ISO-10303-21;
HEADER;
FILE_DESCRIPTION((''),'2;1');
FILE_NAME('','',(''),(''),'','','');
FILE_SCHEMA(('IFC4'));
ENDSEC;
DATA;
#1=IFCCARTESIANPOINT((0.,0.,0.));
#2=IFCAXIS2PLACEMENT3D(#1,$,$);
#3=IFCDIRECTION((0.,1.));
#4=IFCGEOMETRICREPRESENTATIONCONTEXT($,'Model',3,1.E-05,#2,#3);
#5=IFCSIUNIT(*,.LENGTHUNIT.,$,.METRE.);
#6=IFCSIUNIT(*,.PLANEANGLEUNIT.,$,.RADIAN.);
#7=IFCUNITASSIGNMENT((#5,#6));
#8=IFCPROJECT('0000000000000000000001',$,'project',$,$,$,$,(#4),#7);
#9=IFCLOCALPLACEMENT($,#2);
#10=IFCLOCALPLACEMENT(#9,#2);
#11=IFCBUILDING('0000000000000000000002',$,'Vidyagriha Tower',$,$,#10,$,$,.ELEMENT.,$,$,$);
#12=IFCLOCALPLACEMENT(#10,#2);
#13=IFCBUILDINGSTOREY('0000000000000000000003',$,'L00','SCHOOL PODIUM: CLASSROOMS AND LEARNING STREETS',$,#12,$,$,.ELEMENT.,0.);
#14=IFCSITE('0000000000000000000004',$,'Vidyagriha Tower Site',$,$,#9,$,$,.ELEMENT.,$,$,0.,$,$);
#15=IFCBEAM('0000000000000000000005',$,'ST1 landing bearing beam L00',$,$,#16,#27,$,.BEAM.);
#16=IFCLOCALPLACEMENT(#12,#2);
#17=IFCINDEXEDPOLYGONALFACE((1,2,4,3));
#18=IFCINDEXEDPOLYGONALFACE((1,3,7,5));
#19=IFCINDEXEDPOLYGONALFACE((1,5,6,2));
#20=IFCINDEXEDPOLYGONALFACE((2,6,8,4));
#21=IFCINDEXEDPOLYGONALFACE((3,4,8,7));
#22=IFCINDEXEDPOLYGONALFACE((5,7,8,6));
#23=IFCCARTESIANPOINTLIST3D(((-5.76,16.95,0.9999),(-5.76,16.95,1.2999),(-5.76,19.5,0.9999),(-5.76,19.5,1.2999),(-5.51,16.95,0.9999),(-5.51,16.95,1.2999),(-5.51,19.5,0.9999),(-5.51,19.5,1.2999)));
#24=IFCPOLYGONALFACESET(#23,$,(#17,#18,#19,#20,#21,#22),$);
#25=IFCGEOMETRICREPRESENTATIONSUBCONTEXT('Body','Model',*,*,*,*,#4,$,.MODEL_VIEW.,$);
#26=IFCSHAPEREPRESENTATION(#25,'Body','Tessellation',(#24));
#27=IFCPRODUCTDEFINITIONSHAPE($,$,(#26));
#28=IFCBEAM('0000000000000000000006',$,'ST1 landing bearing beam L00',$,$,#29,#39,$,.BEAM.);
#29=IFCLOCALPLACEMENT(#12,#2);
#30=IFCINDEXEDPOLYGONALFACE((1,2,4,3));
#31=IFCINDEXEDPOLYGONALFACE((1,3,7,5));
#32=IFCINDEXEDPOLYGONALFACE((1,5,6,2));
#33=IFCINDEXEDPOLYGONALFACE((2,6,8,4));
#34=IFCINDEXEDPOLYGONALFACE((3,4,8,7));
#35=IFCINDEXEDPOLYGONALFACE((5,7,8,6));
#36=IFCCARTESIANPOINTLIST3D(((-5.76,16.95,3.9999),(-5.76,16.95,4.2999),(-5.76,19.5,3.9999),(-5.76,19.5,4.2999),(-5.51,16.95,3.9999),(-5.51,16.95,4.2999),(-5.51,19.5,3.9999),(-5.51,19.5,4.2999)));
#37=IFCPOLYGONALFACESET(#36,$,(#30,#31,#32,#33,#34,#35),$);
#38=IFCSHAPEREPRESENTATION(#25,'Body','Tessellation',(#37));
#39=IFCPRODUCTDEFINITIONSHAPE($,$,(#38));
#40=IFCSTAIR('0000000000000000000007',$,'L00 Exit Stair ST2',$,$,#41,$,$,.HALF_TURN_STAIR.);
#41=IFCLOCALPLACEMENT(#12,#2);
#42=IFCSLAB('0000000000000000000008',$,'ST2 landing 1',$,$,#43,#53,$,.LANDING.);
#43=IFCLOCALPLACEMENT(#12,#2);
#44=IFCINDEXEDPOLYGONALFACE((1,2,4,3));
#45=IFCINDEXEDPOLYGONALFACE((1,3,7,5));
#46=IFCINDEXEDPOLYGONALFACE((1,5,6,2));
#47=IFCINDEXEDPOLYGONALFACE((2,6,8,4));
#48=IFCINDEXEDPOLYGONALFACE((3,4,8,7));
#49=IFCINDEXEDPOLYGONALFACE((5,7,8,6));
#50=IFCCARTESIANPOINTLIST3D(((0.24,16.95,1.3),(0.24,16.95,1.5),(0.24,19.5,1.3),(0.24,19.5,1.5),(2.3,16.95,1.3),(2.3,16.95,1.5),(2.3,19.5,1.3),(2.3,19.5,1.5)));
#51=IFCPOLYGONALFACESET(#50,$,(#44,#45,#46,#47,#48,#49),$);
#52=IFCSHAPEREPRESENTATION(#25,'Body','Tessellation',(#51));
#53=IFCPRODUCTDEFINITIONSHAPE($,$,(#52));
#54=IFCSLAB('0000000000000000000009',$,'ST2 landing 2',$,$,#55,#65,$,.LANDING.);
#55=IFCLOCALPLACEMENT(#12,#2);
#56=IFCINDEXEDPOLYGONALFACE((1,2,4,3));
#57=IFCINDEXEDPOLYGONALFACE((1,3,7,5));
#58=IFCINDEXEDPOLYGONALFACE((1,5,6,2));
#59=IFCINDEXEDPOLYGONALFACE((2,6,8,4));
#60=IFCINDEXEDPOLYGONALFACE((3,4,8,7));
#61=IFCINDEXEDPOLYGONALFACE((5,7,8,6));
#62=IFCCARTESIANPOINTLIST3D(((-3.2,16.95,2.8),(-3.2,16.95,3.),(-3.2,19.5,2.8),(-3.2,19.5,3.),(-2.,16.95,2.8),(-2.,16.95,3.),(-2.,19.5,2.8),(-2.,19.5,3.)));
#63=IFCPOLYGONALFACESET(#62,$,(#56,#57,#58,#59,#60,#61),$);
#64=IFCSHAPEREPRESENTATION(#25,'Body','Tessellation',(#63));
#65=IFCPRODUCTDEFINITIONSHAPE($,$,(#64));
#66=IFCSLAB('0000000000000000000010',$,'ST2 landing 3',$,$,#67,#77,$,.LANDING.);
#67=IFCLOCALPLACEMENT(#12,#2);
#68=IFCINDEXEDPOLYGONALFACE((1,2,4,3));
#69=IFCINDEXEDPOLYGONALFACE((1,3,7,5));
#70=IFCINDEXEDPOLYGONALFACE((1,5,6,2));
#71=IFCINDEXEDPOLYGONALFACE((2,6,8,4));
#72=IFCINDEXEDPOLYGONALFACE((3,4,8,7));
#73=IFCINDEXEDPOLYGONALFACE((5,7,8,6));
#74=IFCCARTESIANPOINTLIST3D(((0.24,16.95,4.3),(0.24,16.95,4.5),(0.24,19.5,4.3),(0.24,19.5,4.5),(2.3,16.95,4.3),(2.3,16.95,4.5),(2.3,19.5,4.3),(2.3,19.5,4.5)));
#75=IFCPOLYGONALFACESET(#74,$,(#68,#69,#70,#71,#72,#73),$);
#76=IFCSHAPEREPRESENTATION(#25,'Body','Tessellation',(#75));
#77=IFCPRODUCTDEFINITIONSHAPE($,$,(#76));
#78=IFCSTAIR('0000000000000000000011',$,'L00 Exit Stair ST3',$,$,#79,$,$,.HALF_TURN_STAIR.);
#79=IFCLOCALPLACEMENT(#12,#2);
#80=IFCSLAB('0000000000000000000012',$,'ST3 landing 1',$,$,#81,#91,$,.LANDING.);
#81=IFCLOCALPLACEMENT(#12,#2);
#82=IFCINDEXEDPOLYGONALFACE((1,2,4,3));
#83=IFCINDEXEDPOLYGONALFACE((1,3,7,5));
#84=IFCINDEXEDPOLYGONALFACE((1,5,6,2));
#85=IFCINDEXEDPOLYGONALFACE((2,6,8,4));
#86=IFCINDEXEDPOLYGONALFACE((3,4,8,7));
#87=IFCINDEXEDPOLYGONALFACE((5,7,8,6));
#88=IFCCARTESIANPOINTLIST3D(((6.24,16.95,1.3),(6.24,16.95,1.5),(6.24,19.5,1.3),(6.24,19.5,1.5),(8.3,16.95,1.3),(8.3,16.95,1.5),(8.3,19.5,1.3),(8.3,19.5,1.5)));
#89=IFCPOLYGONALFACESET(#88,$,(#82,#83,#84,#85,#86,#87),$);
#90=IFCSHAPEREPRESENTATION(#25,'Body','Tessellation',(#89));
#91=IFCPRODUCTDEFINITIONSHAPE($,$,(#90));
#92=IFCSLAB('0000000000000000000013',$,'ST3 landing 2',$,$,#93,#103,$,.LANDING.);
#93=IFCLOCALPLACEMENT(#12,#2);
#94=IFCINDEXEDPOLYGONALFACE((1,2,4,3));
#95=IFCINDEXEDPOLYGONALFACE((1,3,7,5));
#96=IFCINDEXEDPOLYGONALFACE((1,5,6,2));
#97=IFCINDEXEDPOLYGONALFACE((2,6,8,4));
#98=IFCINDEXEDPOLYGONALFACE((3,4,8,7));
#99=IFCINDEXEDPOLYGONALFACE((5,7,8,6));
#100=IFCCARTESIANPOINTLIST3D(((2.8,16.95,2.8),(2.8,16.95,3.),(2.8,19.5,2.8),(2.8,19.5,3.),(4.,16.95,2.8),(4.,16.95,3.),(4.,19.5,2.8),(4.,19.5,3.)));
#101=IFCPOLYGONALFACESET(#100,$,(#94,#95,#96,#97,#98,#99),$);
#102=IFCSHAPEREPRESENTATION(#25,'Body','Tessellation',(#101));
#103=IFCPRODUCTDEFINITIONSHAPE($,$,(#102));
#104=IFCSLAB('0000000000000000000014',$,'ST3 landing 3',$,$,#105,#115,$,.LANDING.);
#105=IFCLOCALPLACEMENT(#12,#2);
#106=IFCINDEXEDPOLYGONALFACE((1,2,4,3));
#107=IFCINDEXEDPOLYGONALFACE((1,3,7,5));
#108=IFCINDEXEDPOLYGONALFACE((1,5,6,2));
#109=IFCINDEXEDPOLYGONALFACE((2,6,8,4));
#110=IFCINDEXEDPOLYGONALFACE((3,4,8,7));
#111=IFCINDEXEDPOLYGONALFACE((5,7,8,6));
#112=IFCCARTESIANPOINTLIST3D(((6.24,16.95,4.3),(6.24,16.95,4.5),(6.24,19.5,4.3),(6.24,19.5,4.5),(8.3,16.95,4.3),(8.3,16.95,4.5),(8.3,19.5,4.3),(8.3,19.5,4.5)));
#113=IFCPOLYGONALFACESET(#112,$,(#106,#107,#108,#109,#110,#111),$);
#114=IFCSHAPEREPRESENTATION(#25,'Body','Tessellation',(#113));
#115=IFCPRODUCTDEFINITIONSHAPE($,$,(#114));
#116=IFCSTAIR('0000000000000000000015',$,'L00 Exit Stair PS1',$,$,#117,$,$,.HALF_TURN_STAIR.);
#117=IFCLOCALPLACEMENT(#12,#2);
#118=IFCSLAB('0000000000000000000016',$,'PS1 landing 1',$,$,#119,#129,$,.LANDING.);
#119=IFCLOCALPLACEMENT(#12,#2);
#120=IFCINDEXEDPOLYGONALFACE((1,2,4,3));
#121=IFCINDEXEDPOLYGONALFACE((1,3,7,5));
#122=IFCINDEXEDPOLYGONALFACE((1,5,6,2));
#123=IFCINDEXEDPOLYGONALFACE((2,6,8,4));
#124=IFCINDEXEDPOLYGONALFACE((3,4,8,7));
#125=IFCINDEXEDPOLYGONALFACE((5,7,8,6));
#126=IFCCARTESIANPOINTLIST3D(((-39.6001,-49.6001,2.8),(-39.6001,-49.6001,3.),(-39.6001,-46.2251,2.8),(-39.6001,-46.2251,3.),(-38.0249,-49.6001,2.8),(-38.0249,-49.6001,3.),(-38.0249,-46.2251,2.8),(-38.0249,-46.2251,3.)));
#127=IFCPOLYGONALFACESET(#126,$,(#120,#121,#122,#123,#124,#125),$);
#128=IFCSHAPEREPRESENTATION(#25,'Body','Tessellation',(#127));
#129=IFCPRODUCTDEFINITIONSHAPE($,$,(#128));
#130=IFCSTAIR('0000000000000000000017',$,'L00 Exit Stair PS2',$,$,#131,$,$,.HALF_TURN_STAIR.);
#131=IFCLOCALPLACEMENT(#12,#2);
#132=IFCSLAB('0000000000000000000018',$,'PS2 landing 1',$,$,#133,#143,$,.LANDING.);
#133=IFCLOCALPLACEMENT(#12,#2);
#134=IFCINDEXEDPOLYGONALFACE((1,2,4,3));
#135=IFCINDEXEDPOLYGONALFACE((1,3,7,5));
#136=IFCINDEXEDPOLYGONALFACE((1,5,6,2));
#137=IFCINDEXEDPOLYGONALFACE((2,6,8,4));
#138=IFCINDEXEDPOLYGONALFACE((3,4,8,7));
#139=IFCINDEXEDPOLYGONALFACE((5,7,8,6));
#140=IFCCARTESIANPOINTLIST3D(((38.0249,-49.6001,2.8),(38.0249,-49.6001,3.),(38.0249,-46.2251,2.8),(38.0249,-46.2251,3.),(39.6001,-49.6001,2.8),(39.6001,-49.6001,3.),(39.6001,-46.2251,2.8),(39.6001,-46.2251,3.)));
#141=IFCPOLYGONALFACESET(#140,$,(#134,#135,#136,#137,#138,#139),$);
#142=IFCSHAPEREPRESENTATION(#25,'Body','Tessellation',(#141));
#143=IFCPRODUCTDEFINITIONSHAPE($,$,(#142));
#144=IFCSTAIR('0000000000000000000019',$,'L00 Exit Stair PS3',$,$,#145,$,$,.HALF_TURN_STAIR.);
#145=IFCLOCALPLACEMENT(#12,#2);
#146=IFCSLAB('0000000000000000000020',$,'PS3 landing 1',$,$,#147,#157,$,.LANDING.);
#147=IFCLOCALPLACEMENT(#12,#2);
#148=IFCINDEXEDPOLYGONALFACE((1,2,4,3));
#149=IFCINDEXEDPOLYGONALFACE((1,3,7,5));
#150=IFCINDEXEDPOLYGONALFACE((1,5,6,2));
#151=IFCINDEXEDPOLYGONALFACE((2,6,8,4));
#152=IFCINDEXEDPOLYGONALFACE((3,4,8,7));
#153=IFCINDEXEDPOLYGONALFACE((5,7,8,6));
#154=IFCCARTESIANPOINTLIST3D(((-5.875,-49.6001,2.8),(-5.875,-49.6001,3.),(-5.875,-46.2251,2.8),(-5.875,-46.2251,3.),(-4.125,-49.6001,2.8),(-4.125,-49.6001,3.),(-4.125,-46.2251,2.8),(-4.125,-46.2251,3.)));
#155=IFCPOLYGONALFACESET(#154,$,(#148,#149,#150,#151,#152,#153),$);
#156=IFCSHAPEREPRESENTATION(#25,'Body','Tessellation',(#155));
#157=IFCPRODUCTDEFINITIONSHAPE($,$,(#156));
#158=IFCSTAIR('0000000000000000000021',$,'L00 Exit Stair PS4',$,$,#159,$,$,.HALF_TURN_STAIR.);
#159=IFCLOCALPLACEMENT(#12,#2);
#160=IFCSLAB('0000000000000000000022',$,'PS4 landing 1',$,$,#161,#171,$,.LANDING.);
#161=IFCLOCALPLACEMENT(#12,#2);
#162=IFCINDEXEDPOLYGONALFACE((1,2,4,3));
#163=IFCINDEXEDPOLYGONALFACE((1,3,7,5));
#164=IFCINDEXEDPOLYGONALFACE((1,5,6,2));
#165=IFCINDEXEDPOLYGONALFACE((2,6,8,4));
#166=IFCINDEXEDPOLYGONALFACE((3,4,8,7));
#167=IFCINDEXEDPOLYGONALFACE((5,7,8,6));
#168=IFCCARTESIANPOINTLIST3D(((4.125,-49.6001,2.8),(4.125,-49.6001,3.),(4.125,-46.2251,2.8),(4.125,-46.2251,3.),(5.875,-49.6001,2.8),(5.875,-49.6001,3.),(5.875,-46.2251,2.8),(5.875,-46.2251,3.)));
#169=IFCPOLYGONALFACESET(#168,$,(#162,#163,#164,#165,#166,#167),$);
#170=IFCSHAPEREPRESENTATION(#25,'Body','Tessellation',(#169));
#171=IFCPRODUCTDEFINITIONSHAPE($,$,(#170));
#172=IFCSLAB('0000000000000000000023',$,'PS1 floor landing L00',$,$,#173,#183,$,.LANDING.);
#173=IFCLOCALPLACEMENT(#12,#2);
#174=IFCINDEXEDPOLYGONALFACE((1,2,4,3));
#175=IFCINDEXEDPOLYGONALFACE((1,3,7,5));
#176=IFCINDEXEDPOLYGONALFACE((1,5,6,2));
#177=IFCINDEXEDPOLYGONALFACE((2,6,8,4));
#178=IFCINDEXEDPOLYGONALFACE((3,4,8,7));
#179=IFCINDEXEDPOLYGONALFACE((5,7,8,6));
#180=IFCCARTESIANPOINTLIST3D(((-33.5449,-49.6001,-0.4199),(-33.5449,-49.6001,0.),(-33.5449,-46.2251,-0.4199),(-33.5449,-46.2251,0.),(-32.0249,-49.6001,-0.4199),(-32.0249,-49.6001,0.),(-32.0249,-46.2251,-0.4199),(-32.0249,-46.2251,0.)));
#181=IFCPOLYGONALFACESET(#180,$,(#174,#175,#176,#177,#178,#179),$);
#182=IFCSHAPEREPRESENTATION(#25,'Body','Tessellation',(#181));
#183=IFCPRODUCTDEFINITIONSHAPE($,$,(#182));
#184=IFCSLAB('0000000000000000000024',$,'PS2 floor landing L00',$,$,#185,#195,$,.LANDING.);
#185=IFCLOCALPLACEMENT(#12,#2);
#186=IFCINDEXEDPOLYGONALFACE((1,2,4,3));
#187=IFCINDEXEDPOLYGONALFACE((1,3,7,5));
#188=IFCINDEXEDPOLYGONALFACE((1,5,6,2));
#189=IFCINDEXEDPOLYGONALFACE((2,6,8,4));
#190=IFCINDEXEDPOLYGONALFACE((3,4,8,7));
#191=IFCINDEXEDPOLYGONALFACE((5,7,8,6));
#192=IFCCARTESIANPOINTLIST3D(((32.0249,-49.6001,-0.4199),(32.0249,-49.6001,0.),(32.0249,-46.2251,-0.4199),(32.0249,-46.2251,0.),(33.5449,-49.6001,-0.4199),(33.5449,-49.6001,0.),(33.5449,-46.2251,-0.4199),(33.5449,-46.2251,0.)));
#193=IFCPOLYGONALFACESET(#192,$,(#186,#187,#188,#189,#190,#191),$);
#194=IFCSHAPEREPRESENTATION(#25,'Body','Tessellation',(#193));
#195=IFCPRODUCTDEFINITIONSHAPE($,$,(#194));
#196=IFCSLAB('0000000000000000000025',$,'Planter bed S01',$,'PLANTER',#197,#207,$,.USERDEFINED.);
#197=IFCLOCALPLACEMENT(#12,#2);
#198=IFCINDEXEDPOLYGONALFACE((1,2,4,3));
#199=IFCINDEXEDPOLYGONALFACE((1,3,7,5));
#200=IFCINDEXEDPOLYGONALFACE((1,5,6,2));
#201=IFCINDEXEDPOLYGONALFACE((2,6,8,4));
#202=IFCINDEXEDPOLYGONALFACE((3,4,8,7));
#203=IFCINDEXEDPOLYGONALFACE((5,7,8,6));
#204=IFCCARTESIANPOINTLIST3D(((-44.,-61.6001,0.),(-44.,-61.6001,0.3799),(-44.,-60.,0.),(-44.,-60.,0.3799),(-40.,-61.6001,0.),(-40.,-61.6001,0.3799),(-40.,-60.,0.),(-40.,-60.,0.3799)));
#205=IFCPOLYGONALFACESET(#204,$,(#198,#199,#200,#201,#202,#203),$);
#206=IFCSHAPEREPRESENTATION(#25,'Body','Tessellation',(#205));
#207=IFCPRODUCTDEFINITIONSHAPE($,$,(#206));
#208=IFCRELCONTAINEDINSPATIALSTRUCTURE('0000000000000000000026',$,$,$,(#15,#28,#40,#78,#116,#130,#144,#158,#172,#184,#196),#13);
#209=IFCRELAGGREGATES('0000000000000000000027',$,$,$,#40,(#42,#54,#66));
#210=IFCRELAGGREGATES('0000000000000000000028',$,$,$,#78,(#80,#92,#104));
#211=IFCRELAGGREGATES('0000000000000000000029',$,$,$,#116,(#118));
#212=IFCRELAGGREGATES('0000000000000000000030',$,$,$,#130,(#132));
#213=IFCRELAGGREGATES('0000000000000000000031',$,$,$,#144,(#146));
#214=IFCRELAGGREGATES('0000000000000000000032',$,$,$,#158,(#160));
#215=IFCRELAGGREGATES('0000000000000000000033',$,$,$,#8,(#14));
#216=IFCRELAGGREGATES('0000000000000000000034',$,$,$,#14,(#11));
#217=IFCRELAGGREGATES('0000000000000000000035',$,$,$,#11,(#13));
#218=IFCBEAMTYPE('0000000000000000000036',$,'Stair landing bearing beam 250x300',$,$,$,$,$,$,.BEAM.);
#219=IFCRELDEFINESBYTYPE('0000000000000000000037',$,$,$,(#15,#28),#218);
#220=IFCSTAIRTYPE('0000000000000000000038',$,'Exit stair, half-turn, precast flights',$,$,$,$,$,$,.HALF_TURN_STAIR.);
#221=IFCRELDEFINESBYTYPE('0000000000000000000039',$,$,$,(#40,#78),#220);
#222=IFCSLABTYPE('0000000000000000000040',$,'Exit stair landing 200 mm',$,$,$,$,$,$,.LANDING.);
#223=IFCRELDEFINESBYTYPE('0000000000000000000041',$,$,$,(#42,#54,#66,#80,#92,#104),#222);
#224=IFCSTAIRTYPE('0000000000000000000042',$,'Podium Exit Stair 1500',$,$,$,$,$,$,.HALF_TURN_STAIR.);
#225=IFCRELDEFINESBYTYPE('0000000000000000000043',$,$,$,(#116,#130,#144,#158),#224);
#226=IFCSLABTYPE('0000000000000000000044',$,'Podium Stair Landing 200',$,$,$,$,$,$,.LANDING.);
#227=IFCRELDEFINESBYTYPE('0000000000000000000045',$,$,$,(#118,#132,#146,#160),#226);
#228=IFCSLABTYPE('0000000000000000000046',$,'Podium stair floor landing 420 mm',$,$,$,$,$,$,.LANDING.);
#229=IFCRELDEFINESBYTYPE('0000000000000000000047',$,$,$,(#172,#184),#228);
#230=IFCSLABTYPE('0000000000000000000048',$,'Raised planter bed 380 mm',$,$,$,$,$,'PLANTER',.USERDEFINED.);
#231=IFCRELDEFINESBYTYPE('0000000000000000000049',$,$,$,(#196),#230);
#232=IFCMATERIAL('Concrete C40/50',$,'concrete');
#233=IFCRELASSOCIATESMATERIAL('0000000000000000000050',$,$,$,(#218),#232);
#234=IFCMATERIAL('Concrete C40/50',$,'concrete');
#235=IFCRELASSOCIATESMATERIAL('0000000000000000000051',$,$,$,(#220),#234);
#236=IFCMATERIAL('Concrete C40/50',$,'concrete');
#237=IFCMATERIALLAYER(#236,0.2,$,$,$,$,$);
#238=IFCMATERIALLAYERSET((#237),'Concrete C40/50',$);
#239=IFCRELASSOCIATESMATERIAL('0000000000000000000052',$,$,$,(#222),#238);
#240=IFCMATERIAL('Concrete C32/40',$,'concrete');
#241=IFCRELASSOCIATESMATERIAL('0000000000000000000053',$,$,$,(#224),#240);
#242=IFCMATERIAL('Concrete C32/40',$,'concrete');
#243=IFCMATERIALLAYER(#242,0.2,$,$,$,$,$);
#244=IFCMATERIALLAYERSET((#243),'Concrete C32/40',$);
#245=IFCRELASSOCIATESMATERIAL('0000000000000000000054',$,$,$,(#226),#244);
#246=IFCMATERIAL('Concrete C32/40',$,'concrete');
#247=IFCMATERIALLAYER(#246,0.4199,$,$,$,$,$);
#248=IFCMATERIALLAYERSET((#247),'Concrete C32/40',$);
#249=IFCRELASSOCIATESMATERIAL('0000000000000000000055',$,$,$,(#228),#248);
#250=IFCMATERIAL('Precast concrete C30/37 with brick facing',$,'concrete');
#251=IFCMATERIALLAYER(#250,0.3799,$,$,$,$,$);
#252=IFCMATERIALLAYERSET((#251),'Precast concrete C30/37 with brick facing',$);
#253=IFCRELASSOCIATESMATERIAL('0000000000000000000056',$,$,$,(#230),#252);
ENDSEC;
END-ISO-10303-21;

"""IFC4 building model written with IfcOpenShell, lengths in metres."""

from ifc_helpers import new_model, si_unit, direction, frame, origin, origin_2d, place, context, subcontext, project, spatial, polyline, rectangle, outline, extrude, material, layer, layer_set, material_profile, profile_set, type_object, element, aggregate, save


model = new_model("IFC4")

# Units and contexts
model_context = context("Model", 3, precision=1e-05, world=origin(), true_north=direction((0.0, 1.0)))
body_context = subcontext(model_context, "Body", "Model", "MODEL_VIEW")
ifc_project = project(units=[si_unit("LENGTHUNIT", "METRE"), si_unit("PLANEANGLEUNIT", "RADIAN")], contexts=[model_context])

# Site, building, storey
site_placement = place(None, origin())
site = spatial("IfcSite", under=ifc_project, at=site_placement, Name="Vidyagriha Tower Site", CompositionType="ELEMENT", RefElevation=0.0)
building_placement = place(site_placement, origin())
building = spatial("IfcBuilding", under=site, at=building_placement, Name="Vidyagriha Tower", CompositionType="ELEMENT")
storey_placement = place(building_placement, origin())
storey = spatial("IfcBuildingStorey", under=building, at=storey_placement, Name="L00", Description="SCHOOL PODIUM: CLASSROOMS AND LEARNING STREETS", CompositionType="ELEMENT", Elevation=0.0)

# Beams
ifc_material_1 = material(Name="Concrete C40/50", Category="concrete")
ifc_material_profile = material_profile(ifc_material_1, rectangle(XDim=0.25, YDim=0.3, at=origin_2d()), Name="Stair landing bearing beam 250x300")
ifc_profile_set = profile_set([ifc_material_profile], Name="Concrete C40/50")
beam_type = type_object("IfcBeamType", Name="Stair landing bearing beam 250x300", PredefinedType="BEAM", material=ifc_profile_set)
for number, where, z_axis, x_axis, name in (
    (1, (-5.635, 16.95, 1.1499), (0.0, 1.0, 0.0), (-1.0, 0.0, 0.0), "ST1 landing bearing beam L00"),
    (2, (-5.635, 16.95, 4.1499), (0.0, 1.0, 0.0), (-1.0, 0.0, 0.0), "ST1 landing bearing beam L00"),
):
    element("IfcBeam", number, at=place(storey_placement, frame(where, z_axis=z_axis, x_axis=x_axis)), inside=storey, type_object=beam_type, Name=name, PredefinedType="BEAM", context=body_context, shape_type="SweptSolid", body=[
        extrude(rectangle(XDim=0.25, YDim=0.3, at=origin_2d()), origin(), (0.0, 0.0, 1.0), 2.55),
    ])

# Stairs, slabs
ifc_material_2 = material(Name="Concrete C40/50", Category="concrete")
stair_type_1 = type_object("IfcStairType", Name="Exit stair, half-turn, precast flights", PredefinedType="HALF_TURN_STAIR", material=ifc_material_2)
stair_1_placement = place(storey_placement, origin())
stair_1 = element("IfcStair", 3, at=stair_1_placement, inside=storey, type_object=stair_type_1, Name="L00 Exit Stair ST2", PredefinedType="HALF_TURN_STAIR")
ifc_material_3 = material(Name="Concrete C40/50", Category="concrete")
ifc_layer_1 = layer(ifc_material_3, 0.2)
ifc_layer_set_1 = layer_set([ifc_layer_1], Name="Concrete C40/50")
slab_type_1 = type_object("IfcSlabType", Name="Exit stair landing 200 mm", PredefinedType="LANDING", material=ifc_layer_set_1)
slab_1_placement = place(storey_placement, frame((0.0, 0.0, 1.3)))
slab_1 = element("IfcSlab", 4, at=slab_1_placement, type_object=slab_type_1, Name="ST2 landing 1", PredefinedType="LANDING", context=body_context, shape_type="SweptSolid", body=[
    extrude(outline(polyline([(0.24, 16.95), (2.3, 16.95), (2.3, 19.5), (0.24, 19.5), (0.24, 16.95)])), origin(), (0.0, 0.0, 1.0), 0.2),
])
slab_2_placement = place(storey_placement, frame((0.0, 0.0, 2.8)))
slab_2 = element("IfcSlab", 5, at=slab_2_placement, type_object=slab_type_1, Name="ST2 landing 2", PredefinedType="LANDING", context=body_context, shape_type="SweptSolid", body=[
    extrude(outline(polyline([(-3.2, 16.95), (-2.0, 16.95), (-2.0, 19.5), (-3.2, 19.5), (-3.2, 16.95)])), origin(), (0.0, 0.0, 1.0), 0.2),
])
slab_3_placement = place(storey_placement, frame((0.0, 0.0, 4.3)))
slab_3 = element("IfcSlab", 6, at=slab_3_placement, type_object=slab_type_1, Name="ST2 landing 3", PredefinedType="LANDING", context=body_context, shape_type="SweptSolid", body=[
    extrude(outline(polyline([(0.24, 16.95), (2.3, 16.95), (2.3, 19.5), (0.24, 19.5), (0.24, 16.95)])), origin(), (0.0, 0.0, 1.0), 0.2),
])
aggregate(stair_1, [slab_1, slab_2, slab_3])
stair_2_placement = place(storey_placement, origin())
stair_2 = element("IfcStair", 7, at=stair_2_placement, inside=storey, type_object=stair_type_1, Name="L00 Exit Stair ST3", PredefinedType="HALF_TURN_STAIR")
slab_4_placement = place(storey_placement, frame((0.0, 0.0, 1.3)))
slab_4 = element("IfcSlab", 8, at=slab_4_placement, type_object=slab_type_1, Name="ST3 landing 1", PredefinedType="LANDING", context=body_context, shape_type="SweptSolid", body=[
    extrude(outline(polyline([(6.24, 16.95), (8.3, 16.95), (8.3, 19.5), (6.24, 19.5), (6.24, 16.95)])), origin(), (0.0, 0.0, 1.0), 0.2),
])
slab_5_placement = place(storey_placement, frame((0.0, 0.0, 2.8)))
slab_5 = element("IfcSlab", 9, at=slab_5_placement, type_object=slab_type_1, Name="ST3 landing 2", PredefinedType="LANDING", context=body_context, shape_type="SweptSolid", body=[
    extrude(outline(polyline([(2.8, 16.95), (4.0, 16.95), (4.0, 19.5), (2.8, 19.5), (2.8, 16.95)])), origin(), (0.0, 0.0, 1.0), 0.2),
])
slab_6_placement = place(storey_placement, frame((0.0, 0.0, 4.3)))
slab_6 = element("IfcSlab", 10, at=slab_6_placement, type_object=slab_type_1, Name="ST3 landing 3", PredefinedType="LANDING", context=body_context, shape_type="SweptSolid", body=[
    extrude(outline(polyline([(6.24, 16.95), (8.3, 16.95), (8.3, 19.5), (6.24, 19.5), (6.24, 16.95)])), origin(), (0.0, 0.0, 1.0), 0.2),
])
aggregate(stair_2, [slab_4, slab_5, slab_6])

# Stairs, slabs
ifc_material_4 = material(Name="Concrete C32/40", Category="concrete")
stair_type_2 = type_object("IfcStairType", Name="Podium Exit Stair 1500", PredefinedType="HALF_TURN_STAIR", material=ifc_material_4)
stair_3_placement = place(storey_placement, origin())
stair_3 = element("IfcStair", 11, at=stair_3_placement, inside=storey, type_object=stair_type_2, Name="L00 Exit Stair PS1", PredefinedType="HALF_TURN_STAIR")
ifc_material_5 = material(Name="Concrete C32/40", Category="concrete")
ifc_layer_2 = layer(ifc_material_5, 0.2)
ifc_layer_set_2 = layer_set([ifc_layer_2], Name="Concrete C32/40")
slab_type_2 = type_object("IfcSlabType", Name="Podium Stair Landing 200", PredefinedType="LANDING", material=ifc_layer_set_2)
slab_7_placement = place(storey_placement, frame((0.0, 0.0, 2.8)))
slab_7 = element("IfcSlab", 12, at=slab_7_placement, type_object=slab_type_2, Name="PS1 landing 1", PredefinedType="LANDING", context=body_context, shape_type="SweptSolid", body=[
    extrude(outline(polyline([(-38.0249, -46.2251), (-39.6001, -46.2251), (-39.6001, -49.6001), (-38.0249, -49.6001), (-38.0249, -46.2251)])), origin(), (0.0, 0.0, 1.0), 0.2),
])
aggregate(stair_3, [slab_7])
stair_4_placement = place(storey_placement, origin())
stair_4 = element("IfcStair", 13, at=stair_4_placement, inside=storey, type_object=stair_type_2, Name="L00 Exit Stair PS2", PredefinedType="HALF_TURN_STAIR")
slab_8_placement = place(storey_placement, frame((0.0, 0.0, 2.8)))
slab_8 = element("IfcSlab", 14, at=slab_8_placement, type_object=slab_type_2, Name="PS2 landing 1", PredefinedType="LANDING", context=body_context, shape_type="SweptSolid", body=[
    extrude(outline(polyline([(38.0249, -49.6001), (39.6001, -49.6001), (39.6001, -46.2251), (38.0249, -46.2251), (38.0249, -49.6001)])), origin(), (0.0, 0.0, 1.0), 0.2),
])
aggregate(stair_4, [slab_8])
stair_5_placement = place(storey_placement, origin())
stair_5 = element("IfcStair", 15, at=stair_5_placement, inside=storey, type_object=stair_type_2, Name="L00 Exit Stair PS3", PredefinedType="HALF_TURN_STAIR")
slab_9_placement = place(storey_placement, frame((0.0, 0.0, 2.8)))
slab_9 = element("IfcSlab", 16, at=slab_9_placement, type_object=slab_type_2, Name="PS3 landing 1", PredefinedType="LANDING", context=body_context, shape_type="SweptSolid", body=[
    extrude(outline(polyline([(-5.875, -49.6001), (-4.125, -49.6001), (-4.125, -46.2251), (-5.875, -46.2251), (-5.875, -49.6001)])), origin(), (0.0, 0.0, 1.0), 0.2),
])
aggregate(stair_5, [slab_9])
stair_6_placement = place(storey_placement, origin())
stair_6 = element("IfcStair", 17, at=stair_6_placement, inside=storey, type_object=stair_type_2, Name="L00 Exit Stair PS4", PredefinedType="HALF_TURN_STAIR")
slab_10_placement = place(storey_placement, frame((0.0, 0.0, 2.8)))
slab_10 = element("IfcSlab", 18, at=slab_10_placement, type_object=slab_type_2, Name="PS4 landing 1", PredefinedType="LANDING", context=body_context, shape_type="SweptSolid", body=[
    extrude(outline(polyline([(5.875, -46.2251), (4.125, -46.2251), (4.125, -49.6001), (5.875, -49.6001), (5.875, -46.2251)])), origin(), (0.0, 0.0, 1.0), 0.2),
])
aggregate(stair_6, [slab_10])

# Slabs
ifc_material_6 = material(Name="Concrete C32/40", Category="concrete")
ifc_layer_3 = layer(ifc_material_6, 0.4199)
ifc_layer_set_3 = layer_set([ifc_layer_3], Name="Concrete C32/40")
slab_type_3 = type_object("IfcSlabType", Name="Podium stair floor landing 420 mm", PredefinedType="LANDING", material=ifc_layer_set_3)
slab_11_placement = place(storey_placement, frame((0.0, 0.0, -0.4199)))
element("IfcSlab", 19, at=slab_11_placement, inside=storey, type_object=slab_type_3, Name="PS1 floor landing L00", PredefinedType="LANDING", context=body_context, shape_type="SweptSolid", body=[
    extrude(outline(polyline([(-33.5449, -49.6001), (-32.0249, -49.6001), (-32.0249, -46.2251), (-33.5449, -46.2251), (-33.5449, -49.6001)])), origin(), (0.0, 0.0, 1.0), 0.4199),
])
slab_12_placement = place(storey_placement, frame((0.0, 0.0, -0.4199)))
element("IfcSlab", 20, at=slab_12_placement, inside=storey, type_object=slab_type_3, Name="PS2 floor landing L00", PredefinedType="LANDING", context=body_context, shape_type="SweptSolid", body=[
    extrude(outline(polyline([(32.0249, -49.6001), (33.5449, -49.6001), (33.5449, -46.2251), (32.0249, -46.2251), (32.0249, -49.6001)])), origin(), (0.0, 0.0, 1.0), 0.4199),
])
ifc_material_7 = material(Name="Precast concrete C30/37 with brick facing", Category="concrete")
ifc_layer_4 = layer(ifc_material_7, 0.3799)
ifc_layer_set_4 = layer_set([ifc_layer_4], Name="Precast concrete C30/37 with brick facing")
slab_type_4 = type_object("IfcSlabType", Name="Raised planter bed 380 mm", ElementType="PLANTER", PredefinedType="USERDEFINED", material=ifc_layer_set_4)
slab_13_placement = place(storey_placement, origin())
element("IfcSlab", 21, at=slab_13_placement, inside=storey, type_object=slab_type_4, Name="Planter bed S01", ObjectType="PLANTER", PredefinedType="USERDEFINED", context=body_context, shape_type="SweptSolid", body=[
    extrude(outline(polyline([(-44.0, -61.6001), (-40.0, -61.6001), (-40.0, -60.0), (-44.0, -60.0), (-44.0, -61.6001)])), origin(), (0.0, 0.0, 1.0), 0.3799),
])

save(model, "model.ifc")
